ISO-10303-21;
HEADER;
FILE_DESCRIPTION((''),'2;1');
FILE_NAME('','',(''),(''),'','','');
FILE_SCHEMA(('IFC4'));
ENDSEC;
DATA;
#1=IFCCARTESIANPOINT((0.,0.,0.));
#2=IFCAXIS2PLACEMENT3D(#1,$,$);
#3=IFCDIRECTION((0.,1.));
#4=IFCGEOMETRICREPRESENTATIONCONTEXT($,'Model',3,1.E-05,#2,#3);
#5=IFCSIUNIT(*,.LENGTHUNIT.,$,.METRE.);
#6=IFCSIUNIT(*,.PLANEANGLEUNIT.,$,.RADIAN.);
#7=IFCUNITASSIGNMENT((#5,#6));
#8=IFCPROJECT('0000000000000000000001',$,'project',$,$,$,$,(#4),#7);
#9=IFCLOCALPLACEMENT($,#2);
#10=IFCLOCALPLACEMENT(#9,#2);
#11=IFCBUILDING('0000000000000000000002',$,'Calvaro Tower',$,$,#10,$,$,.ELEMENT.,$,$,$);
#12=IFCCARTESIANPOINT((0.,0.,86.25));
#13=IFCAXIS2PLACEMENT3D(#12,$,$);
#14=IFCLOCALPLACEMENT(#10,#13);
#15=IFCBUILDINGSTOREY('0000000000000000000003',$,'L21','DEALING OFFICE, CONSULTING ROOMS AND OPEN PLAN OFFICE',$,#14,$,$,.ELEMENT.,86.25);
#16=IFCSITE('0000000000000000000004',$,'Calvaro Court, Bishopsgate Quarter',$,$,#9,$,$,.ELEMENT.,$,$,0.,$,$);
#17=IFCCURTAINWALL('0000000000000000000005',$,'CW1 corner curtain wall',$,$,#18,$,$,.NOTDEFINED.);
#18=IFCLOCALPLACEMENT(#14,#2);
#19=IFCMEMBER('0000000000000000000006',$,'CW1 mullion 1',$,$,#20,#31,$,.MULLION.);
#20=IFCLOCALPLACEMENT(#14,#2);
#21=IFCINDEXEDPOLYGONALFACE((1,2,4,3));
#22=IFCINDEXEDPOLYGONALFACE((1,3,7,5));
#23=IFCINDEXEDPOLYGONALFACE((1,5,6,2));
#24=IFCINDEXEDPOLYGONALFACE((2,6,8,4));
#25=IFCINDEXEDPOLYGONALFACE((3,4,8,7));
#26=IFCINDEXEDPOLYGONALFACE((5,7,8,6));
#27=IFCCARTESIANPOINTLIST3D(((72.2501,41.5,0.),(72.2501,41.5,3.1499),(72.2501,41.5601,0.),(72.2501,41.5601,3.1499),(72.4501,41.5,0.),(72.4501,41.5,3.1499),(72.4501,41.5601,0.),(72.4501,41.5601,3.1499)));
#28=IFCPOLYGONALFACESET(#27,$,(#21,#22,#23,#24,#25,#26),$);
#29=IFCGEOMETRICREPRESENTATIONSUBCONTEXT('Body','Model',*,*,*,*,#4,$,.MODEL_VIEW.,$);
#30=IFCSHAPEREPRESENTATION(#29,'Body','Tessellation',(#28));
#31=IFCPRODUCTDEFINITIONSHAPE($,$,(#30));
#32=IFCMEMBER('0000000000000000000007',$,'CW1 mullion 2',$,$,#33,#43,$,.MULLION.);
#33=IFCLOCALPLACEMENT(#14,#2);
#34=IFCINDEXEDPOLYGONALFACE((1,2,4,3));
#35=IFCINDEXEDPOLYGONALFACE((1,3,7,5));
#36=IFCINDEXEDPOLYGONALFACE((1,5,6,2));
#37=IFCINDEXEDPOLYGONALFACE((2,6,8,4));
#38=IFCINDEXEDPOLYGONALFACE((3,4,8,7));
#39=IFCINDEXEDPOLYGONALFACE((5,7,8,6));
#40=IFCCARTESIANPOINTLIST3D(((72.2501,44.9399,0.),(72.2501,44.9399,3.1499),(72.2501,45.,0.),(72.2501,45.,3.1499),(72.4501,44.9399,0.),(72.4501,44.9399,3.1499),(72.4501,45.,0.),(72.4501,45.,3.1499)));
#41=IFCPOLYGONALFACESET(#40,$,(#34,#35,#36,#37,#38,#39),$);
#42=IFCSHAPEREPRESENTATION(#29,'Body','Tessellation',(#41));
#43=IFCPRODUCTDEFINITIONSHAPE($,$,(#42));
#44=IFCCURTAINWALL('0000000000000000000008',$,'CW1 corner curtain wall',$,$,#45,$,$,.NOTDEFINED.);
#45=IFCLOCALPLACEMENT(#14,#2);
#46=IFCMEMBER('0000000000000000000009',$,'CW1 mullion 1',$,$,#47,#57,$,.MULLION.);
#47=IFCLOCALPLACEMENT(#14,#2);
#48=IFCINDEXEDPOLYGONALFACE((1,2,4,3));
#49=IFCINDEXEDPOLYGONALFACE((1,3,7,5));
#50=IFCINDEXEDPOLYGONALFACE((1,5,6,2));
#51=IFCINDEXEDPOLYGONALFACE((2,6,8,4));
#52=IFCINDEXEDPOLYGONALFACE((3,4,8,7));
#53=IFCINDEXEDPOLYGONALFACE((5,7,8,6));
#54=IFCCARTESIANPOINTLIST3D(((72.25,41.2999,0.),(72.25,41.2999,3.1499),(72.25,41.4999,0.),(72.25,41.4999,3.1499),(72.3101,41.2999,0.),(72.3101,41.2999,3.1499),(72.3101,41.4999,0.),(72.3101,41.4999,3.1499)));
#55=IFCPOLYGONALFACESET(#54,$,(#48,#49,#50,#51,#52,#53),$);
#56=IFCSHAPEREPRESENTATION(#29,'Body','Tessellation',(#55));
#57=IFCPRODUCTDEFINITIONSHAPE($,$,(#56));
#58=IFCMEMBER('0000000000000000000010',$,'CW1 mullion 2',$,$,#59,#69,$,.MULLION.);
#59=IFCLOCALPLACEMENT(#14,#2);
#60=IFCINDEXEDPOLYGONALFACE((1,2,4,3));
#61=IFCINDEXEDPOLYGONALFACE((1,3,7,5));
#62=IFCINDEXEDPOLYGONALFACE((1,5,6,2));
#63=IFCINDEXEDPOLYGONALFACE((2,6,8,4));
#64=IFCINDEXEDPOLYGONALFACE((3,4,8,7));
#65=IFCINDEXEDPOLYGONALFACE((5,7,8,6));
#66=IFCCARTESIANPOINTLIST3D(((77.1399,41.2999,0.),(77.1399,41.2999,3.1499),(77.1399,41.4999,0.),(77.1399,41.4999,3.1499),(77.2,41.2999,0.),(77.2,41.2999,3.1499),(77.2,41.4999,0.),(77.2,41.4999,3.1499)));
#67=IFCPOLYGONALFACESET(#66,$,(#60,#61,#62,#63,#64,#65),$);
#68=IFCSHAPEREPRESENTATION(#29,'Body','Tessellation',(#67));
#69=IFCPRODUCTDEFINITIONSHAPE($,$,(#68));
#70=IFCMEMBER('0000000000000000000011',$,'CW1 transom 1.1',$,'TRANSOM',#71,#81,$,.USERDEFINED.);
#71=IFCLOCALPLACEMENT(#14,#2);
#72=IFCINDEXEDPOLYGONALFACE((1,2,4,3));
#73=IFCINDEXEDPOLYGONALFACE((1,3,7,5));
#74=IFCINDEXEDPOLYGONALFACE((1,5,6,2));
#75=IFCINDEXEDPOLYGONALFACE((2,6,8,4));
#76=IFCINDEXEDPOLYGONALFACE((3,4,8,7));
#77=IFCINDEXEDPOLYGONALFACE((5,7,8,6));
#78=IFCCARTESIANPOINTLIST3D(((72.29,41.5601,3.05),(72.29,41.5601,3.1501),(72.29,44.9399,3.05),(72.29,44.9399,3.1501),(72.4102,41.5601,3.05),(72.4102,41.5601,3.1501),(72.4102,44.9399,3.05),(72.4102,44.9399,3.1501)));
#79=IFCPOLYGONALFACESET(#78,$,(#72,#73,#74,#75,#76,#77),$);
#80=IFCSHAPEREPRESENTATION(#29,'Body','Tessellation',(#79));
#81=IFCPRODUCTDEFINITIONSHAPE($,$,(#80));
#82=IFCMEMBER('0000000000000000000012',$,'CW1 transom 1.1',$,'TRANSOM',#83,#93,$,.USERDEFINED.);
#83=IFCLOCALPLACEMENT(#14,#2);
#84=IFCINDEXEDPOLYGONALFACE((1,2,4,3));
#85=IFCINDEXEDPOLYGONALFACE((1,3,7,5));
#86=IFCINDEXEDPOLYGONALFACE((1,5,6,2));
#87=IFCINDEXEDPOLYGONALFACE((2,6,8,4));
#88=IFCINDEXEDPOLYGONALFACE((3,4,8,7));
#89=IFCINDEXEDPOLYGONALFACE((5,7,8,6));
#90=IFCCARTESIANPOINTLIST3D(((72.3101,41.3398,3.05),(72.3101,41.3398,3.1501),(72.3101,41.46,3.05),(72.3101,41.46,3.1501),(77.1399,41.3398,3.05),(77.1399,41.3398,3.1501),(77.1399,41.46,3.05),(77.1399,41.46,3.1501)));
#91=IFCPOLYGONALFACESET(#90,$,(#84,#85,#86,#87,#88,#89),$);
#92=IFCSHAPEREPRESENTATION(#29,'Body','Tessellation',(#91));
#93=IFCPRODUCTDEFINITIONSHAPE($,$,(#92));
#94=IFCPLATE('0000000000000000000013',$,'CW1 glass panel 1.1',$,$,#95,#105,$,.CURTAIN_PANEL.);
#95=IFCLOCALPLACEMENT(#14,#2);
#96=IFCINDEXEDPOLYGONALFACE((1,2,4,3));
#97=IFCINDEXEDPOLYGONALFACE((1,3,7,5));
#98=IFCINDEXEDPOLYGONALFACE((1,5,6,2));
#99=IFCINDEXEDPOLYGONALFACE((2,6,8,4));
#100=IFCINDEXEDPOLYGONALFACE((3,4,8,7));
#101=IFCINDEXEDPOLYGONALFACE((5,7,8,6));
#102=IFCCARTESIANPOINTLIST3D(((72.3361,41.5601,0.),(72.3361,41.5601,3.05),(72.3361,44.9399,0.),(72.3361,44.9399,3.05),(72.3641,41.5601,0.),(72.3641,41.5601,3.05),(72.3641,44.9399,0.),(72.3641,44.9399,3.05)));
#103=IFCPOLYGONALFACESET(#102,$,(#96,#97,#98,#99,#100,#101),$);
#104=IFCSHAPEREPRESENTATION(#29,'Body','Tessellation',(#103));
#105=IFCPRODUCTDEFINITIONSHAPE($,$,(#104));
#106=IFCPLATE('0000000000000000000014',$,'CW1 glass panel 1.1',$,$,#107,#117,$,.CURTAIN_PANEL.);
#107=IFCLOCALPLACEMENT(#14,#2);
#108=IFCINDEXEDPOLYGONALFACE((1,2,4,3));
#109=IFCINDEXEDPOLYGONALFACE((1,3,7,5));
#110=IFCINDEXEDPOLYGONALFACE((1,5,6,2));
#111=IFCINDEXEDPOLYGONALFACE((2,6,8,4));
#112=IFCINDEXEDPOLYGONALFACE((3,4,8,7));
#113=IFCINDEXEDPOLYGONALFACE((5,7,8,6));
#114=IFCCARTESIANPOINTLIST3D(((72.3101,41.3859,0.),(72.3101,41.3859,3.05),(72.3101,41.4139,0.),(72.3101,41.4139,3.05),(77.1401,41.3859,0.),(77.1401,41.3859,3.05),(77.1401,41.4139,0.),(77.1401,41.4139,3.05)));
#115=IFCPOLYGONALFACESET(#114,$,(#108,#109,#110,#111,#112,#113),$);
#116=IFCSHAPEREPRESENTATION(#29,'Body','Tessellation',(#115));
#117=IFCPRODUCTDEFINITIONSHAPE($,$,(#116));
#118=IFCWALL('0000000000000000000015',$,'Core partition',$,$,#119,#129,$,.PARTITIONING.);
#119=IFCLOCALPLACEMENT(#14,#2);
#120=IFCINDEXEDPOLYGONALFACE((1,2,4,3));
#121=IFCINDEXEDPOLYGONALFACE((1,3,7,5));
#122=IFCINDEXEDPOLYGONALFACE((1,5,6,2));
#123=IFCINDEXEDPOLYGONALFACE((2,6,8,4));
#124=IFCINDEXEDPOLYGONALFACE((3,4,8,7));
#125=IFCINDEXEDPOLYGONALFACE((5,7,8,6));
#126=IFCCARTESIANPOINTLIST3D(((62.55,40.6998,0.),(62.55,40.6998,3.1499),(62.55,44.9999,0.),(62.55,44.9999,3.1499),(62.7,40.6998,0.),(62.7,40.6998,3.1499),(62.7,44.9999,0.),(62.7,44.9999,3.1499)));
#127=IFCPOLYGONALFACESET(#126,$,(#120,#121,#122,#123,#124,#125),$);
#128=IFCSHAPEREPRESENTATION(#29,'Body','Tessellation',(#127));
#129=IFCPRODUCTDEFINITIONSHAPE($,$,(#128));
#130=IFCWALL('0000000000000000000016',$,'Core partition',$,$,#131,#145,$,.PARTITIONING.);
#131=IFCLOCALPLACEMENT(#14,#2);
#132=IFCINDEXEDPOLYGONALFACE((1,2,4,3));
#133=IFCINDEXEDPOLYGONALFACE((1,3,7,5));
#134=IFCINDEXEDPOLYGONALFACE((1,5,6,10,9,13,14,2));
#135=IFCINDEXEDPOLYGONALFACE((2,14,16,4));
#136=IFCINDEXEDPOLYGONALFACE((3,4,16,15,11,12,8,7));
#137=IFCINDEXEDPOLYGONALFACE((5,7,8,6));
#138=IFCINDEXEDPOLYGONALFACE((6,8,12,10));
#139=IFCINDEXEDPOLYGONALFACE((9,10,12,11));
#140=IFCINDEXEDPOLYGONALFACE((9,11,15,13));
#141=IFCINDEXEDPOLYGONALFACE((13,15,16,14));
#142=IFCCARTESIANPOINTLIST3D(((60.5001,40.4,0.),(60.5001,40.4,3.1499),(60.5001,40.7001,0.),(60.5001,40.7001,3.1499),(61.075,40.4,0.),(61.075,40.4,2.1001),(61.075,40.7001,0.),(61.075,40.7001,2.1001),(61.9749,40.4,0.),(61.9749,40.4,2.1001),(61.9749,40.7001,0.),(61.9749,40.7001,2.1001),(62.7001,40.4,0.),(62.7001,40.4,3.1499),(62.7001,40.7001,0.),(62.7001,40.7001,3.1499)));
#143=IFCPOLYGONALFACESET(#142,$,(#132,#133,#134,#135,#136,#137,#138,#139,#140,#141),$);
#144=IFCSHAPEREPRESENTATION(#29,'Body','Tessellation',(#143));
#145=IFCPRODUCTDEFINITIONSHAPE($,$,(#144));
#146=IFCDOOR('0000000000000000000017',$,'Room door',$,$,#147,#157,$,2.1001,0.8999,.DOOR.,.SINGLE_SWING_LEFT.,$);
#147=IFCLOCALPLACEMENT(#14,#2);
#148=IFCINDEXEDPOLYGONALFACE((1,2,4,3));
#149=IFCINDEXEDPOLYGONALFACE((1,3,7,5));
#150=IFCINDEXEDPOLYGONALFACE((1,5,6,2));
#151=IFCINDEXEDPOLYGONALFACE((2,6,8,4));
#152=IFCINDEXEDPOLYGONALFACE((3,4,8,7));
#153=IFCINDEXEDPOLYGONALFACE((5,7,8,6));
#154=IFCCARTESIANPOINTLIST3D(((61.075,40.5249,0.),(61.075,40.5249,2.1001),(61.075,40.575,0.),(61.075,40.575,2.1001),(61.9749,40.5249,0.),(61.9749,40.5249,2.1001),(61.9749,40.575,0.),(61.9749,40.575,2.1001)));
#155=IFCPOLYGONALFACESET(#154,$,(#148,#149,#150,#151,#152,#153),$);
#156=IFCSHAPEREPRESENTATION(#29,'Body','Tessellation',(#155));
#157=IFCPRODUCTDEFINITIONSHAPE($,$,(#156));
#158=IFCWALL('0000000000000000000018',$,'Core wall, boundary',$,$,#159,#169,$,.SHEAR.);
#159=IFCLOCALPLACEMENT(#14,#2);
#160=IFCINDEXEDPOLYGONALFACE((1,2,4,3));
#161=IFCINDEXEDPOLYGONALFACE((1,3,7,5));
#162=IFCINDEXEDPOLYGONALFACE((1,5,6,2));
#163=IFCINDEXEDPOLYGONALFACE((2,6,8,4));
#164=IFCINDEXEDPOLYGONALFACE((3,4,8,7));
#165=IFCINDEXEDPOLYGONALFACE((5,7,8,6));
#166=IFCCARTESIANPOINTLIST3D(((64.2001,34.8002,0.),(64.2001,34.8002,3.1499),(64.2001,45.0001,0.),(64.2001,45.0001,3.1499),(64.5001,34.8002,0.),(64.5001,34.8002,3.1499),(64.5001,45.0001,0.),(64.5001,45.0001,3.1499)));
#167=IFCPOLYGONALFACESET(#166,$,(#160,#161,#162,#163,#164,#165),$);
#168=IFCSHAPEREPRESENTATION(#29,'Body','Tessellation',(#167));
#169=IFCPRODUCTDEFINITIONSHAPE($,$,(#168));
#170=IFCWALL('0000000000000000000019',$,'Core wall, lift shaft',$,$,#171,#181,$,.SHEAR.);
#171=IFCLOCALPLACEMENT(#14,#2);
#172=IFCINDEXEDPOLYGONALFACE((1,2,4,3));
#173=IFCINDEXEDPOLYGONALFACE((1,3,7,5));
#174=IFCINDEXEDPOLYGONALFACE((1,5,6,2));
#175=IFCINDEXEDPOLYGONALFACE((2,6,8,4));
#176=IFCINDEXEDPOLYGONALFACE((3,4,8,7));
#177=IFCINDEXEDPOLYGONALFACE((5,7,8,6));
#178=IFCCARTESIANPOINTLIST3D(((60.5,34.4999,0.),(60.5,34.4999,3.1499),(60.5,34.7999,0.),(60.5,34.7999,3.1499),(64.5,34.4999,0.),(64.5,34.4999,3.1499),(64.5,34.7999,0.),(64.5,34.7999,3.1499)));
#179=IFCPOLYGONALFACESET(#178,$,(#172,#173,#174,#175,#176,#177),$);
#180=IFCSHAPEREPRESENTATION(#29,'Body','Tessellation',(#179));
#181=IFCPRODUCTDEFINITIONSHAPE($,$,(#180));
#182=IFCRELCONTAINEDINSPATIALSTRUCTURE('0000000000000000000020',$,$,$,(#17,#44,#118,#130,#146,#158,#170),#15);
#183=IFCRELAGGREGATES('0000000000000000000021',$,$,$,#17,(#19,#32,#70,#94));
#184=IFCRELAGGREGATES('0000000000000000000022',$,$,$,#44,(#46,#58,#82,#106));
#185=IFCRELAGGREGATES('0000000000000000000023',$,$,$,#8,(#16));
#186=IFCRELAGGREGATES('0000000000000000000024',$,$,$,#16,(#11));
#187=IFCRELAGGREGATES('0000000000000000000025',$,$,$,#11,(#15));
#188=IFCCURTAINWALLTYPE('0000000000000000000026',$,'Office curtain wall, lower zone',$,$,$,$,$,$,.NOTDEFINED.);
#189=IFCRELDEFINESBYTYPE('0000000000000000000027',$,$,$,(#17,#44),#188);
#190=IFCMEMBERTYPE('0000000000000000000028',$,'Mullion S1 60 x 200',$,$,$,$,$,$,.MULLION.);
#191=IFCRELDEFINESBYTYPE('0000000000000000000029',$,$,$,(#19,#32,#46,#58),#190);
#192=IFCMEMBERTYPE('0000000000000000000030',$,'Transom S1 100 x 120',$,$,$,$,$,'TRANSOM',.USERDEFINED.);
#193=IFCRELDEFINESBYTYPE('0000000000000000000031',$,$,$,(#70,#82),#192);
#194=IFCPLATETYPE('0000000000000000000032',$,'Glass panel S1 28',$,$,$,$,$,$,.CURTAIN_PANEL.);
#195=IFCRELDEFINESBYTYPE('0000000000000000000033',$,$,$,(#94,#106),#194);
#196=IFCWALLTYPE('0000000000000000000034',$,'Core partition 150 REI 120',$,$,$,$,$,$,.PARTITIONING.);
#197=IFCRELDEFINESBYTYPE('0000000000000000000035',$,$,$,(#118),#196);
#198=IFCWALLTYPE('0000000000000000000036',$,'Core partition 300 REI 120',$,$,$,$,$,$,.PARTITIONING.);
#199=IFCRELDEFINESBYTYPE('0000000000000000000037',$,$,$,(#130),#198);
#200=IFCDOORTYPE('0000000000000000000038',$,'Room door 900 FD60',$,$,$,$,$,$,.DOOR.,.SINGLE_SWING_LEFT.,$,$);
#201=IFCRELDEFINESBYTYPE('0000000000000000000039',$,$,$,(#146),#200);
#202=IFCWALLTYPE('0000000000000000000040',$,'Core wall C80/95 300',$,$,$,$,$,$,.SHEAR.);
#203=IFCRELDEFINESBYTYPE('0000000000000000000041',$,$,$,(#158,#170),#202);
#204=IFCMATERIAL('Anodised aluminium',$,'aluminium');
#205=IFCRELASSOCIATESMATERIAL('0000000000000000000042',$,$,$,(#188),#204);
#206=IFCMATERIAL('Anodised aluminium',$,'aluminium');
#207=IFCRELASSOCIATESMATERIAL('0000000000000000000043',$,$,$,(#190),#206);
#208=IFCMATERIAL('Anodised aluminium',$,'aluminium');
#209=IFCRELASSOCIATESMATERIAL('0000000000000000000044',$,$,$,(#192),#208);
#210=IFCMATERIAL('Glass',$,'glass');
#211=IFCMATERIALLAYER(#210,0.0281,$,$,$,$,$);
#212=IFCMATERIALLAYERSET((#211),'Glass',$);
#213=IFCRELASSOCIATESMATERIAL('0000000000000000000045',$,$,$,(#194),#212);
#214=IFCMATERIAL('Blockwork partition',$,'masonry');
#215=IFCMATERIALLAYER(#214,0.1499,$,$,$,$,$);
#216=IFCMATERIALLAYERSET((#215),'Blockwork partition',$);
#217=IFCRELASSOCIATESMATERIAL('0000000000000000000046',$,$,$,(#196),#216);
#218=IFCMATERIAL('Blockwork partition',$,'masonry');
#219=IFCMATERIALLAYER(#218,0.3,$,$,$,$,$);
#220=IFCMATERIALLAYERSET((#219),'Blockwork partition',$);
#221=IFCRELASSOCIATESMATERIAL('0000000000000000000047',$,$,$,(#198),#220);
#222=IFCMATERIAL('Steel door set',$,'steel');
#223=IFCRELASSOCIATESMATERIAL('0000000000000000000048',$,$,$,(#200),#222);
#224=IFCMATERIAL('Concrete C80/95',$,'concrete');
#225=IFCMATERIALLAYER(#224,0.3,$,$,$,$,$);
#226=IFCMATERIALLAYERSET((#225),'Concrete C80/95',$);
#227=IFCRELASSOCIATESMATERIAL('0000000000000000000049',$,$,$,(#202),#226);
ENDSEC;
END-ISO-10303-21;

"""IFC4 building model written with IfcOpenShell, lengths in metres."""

from ifc_helpers import new_model, si_unit, direction, frame, frame_2d, origin, origin_2d, place, context, subcontext, project, spatial, rectangle, extrude, material, layer, layer_set, material_profile, profile_set, type_object, element, fill, aggregate, save


model = new_model("IFC4")

# Units and contexts
model_context = context("Model", 3, precision=1e-05, world=origin(), true_north=direction((0.0, 1.0)))
body_context = subcontext(model_context, "Body", "Model", "MODEL_VIEW")
ifc_project = project(units=[si_unit("LENGTHUNIT", "METRE"), si_unit("PLANEANGLEUNIT", "RADIAN")], contexts=[model_context])

# Site, building, storey
site_placement = place(None, origin())
site = spatial("IfcSite", under=ifc_project, at=site_placement, Name="Calvaro Court, Bishopsgate Quarter", CompositionType="ELEMENT", RefElevation=0.0)
building_placement = place(site_placement, origin())
building = spatial("IfcBuilding", under=site, at=building_placement, Name="Calvaro Tower", CompositionType="ELEMENT")
storey_placement = place(building_placement, frame((0.0, 0.0, 86.25)))
storey = spatial("IfcBuildingStorey", under=building, at=storey_placement, Name="L21", Description="DEALING OFFICE, CONSULTING ROOMS AND OPEN PLAN OFFICE", CompositionType="ELEMENT", Elevation=86.25)

# Curtain walls, members
ifc_material_1 = material(Name="Anodised aluminium", Category="aluminium")
curtain_wall_type = type_object("IfcCurtainWallType", Name="Office curtain wall, lower zone", PredefinedType="NOTDEFINED", material=ifc_material_1)
curtain_wall_1_placement = place(storey_placement, origin())
curtain_wall_1 = element("IfcCurtainWall", 1, at=curtain_wall_1_placement, inside=storey, type_object=curtain_wall_type, Name="CW1 corner curtain wall", PredefinedType="NOTDEFINED")
ifc_material_2 = material(Name="Anodised aluminium", Category="aluminium")
ifc_material_profile_1 = material_profile(ifc_material_2, rectangle(XDim=0.2, YDim=0.0601, at=origin_2d()), Name="Mullion S1 60 x 200")
ifc_profile_set_1 = profile_set([ifc_material_profile_1], Name="Anodised aluminium")
member_type_1 = type_object("IfcMemberType", Name="Mullion S1 60 x 200", PredefinedType="MULLION", material=ifc_profile_set_1)
member_1_placement = place(storey_placement, frame((72.3501, 41.53, 0.0), z_axis=(0.0, 0.0, 1.0), x_axis=(-1.0, 0.0, 0.0)))
member_1 = element("IfcMember", 2, at=member_1_placement, type_object=member_type_1, Name="CW1 mullion 1", PredefinedType="MULLION", context=body_context, shape_type="SweptSolid", body=[
    extrude(rectangle(XDim=0.2, YDim=0.0601, at=origin_2d()), origin(), (0.0, 0.0, 1.0), 3.1499),
])
member_2_placement = place(storey_placement, frame((72.3501, 44.97, 0.0), z_axis=(0.0, 0.0, 1.0), x_axis=(-1.0, 0.0, 0.0)))
member_2 = element("IfcMember", 3, at=member_2_placement, type_object=member_type_1, Name="CW1 mullion 2", PredefinedType="MULLION", context=body_context, shape_type="SweptSolid", body=[
    extrude(rectangle(XDim=0.2, YDim=0.0601, at=origin_2d()), origin(), (0.0, 0.0, 1.0), 3.1499),
])
curtain_wall_2_placement = place(storey_placement, origin())
curtain_wall_2 = element("IfcCurtainWall", 4, at=curtain_wall_2_placement, inside=storey, type_object=curtain_wall_type, Name="CW1 corner curtain wall", PredefinedType="NOTDEFINED")
member_3_placement = place(storey_placement, frame((72.28, 41.3999, 0.0), z_axis=(0.0, 0.0, 1.0), x_axis=(0.0, 1.0, 0.0)))
member_3 = element("IfcMember", 5, at=member_3_placement, type_object=member_type_1, Name="CW1 mullion 1", PredefinedType="MULLION", context=body_context, shape_type="SweptSolid", body=[
    extrude(rectangle(XDim=0.2, YDim=0.0601, at=origin_2d()), origin(), (0.0, 0.0, 1.0), 3.1499),
])
member_4_placement = place(storey_placement, frame((77.1699, 41.3999, 0.0), z_axis=(0.0, 0.0, 1.0), x_axis=(0.0, 1.0, 0.0)))
member_4 = element("IfcMember", 6, at=member_4_placement, type_object=member_type_1, Name="CW1 mullion 2", PredefinedType="MULLION", context=body_context, shape_type="SweptSolid", body=[
    extrude(rectangle(XDim=0.2, YDim=0.0601, at=origin_2d()), origin(), (0.0, 0.0, 1.0), 3.1499),
])

# Members
ifc_material_3 = material(Name="Anodised aluminium", Category="aluminium")
ifc_material_profile_2 = material_profile(ifc_material_3, rectangle(XDim=0.1201, YDim=0.1001, at=origin_2d()), Name="Transom S1 100 x 120")
ifc_profile_set_2 = profile_set([ifc_material_profile_2], Name="Anodised aluminium")
member_type_2 = type_object("IfcMemberType", Name="Transom S1 100 x 120", ElementType="TRANSOM", PredefinedType="USERDEFINED", material=ifc_profile_set_2)
member_5_placement = place(storey_placement, frame((72.3501, 41.5601, 3.1001), z_axis=(0.0, 1.0, 0.0), x_axis=(-1.0, 0.0, 0.0)))
member_5 = element("IfcMember", 7, at=member_5_placement, type_object=member_type_2, Name="CW1 transom 1.1", ObjectType="TRANSOM", PredefinedType="USERDEFINED", context=body_context, shape_type="SweptSolid", body=[
    extrude(rectangle(XDim=0.1201, YDim=0.1001, at=origin_2d()), origin(), (0.0, 0.0, 1.0), 3.3799),
])
member_6_placement = place(storey_placement, frame((72.3101, 41.3999, 3.1001), z_axis=(1.0, 0.0, 0.0), x_axis=(0.0, 1.0, 0.0)))
member_6 = element("IfcMember", 8, at=member_6_placement, type_object=member_type_2, Name="CW1 transom 1.1", ObjectType="TRANSOM", PredefinedType="USERDEFINED", context=body_context, shape_type="SweptSolid", body=[
    extrude(rectangle(XDim=0.1201, YDim=0.1001, at=origin_2d()), origin(), (0.0, 0.0, 1.0), 4.8298),
])

# Plates
ifc_material_4 = material(Name="Glass", Category="glass")
ifc_layer_1 = layer(ifc_material_4, 0.0281)
ifc_layer_set_1 = layer_set([ifc_layer_1], Name="Glass")
plate_type = type_object("IfcPlateType", Name="Glass panel S1 28", PredefinedType="CURTAIN_PANEL", material=ifc_layer_set_1)
plate_1_placement = place(storey_placement, frame((72.3501, 43.25, 0.0), z_axis=(0.0, 0.0, 1.0), x_axis=(0.0, 1.0, 0.0)))
plate_1 = element("IfcPlate", 9, at=plate_1_placement, type_object=plate_type, Name="CW1 glass panel 1.1", PredefinedType="CURTAIN_PANEL", context=body_context, shape_type="SweptSolid", body=[
    extrude(rectangle(XDim=3.3799, YDim=0.0281, at=origin_2d()), origin(), (0.0, 0.0, 1.0), 3.05),
])
aggregate(curtain_wall_1, [member_1, member_2, member_5, plate_1])
plate_2_placement = place(storey_placement, frame((74.7251, 41.3999, 0.0), z_axis=(0.0, 0.0, 1.0), x_axis=(1.0, 0.0, 0.0)))
plate_2 = element("IfcPlate", 10, at=plate_2_placement, type_object=plate_type, Name="CW1 glass panel 1.1", PredefinedType="CURTAIN_PANEL", context=body_context, shape_type="SweptSolid", body=[
    extrude(rectangle(XDim=4.8301, YDim=0.0281, at=origin_2d()), origin(), (0.0, 0.0, 1.0), 3.05),
])
aggregate(curtain_wall_2, [member_3, member_4, member_6, plate_2])

# Wall
ifc_material_5 = material(Name="Blockwork partition", Category="masonry")
ifc_layer_2 = layer(ifc_material_5, 0.1499)
ifc_layer_set_2 = layer_set([ifc_layer_2], Name="Blockwork partition")
wall_type_1 = type_object("IfcWallType", Name="Core partition 150 REI 120", PredefinedType="PARTITIONING", material=ifc_layer_set_2)
wall_1_placement = place(storey_placement, frame((62.625, 40.7, 0.0), z_axis=(0.0, 0.0, 1.0), x_axis=(0.0, 1.0, 0.0)))
element("IfcWall", 11, at=wall_1_placement, inside=storey, type_object=wall_type_1, Name="Core partition", PredefinedType="PARTITIONING", context=body_context, shape_type="SweptSolid", body=[
    extrude(rectangle(XDim=4.3, YDim=0.1499, at=frame_2d((2.1499, 0.0))), origin(), (0.0, 0.0, 1.0), 3.1499),
])

# Wall, opening, door
ifc_material_6 = material(Name="Blockwork partition", Category="masonry")
ifc_layer_3 = layer(ifc_material_6, 0.3)
ifc_layer_set_3 = layer_set([ifc_layer_3], Name="Blockwork partition")
wall_type_2 = type_object("IfcWallType", Name="Core partition 300 REI 120", PredefinedType="PARTITIONING", material=ifc_layer_set_3)
wall_2_placement = place(storey_placement, frame((60.5, 40.55, 0.0), z_axis=(0.0, 0.0, 1.0), x_axis=(1.0, 0.0, 0.0)))
wall_2 = element("IfcWall", 12, at=wall_2_placement, inside=storey, type_object=wall_type_2, Name="Core partition", PredefinedType="PARTITIONING", context=body_context, shape_type="SweptSolid", body=[
    extrude(rectangle(XDim=2.2, YDim=0.3, at=frame_2d((1.1001, 0.0))), origin(), (0.0, 0.0, 1.0), 3.1499),
])
opening_1_placement = place(wall_2_placement, frame((0.575, 0.0, 0.0)))
opening_1 = element("IfcOpeningElement", 13, at=opening_1_placement, cuts=wall_2, PredefinedType="OPENING", context=body_context, shape_type="SweptSolid", body=[
    extrude(rectangle(XDim=0.8999, YDim=2.1001, at=frame_2d((0.45, 1.05))), frame((0.0, 0.1599, 0.0), z_axis=(0.0, -1.0, 0.0), x_axis=(1.0, 0.0, 0.0)), (0.0, 0.0, 1.0), 0.3201),
])
ifc_material_7 = material(Name="Steel door set", Category="steel")
door_type_1 = type_object("IfcDoorType", Name="Room door 900 FD60", OperationType="SINGLE_SWING_LEFT", PredefinedType="DOOR", material=ifc_material_7)
door_1_placement = place(opening_1_placement, origin())
door_1 = element("IfcDoor", 14, at=door_1_placement, inside=storey, type_object=door_type_1, Name="Room door", OperationType="SINGLE_SWING_LEFT", OverallHeight=2.1001, OverallWidth=0.8999, PredefinedType="DOOR", context=body_context, shape_type="SweptSolid", body=[
    extrude(rectangle(XDim=0.8999, YDim=2.1001, at=frame_2d((0.45, 1.05))), frame((0.0, 0.0249, 0.0), z_axis=(0.0, -1.0, 0.0), x_axis=(1.0, 0.0, 0.0)), (0.0, 0.0, 1.0), 0.05),
])
fill(opening_1, door_1)

# Walls
ifc_material_8 = material(Name="Concrete C80/95", Category="concrete")
ifc_layer_4 = layer(ifc_material_8, 0.3)
ifc_layer_set_4 = layer_set([ifc_layer_4], Name="Concrete C80/95")
wall_type_3 = type_object("IfcWallType", Name="Core wall C80/95 300", PredefinedType="SHEAR", material=ifc_layer_set_4)
wall_3_placement = place(storey_placement, frame((64.3501, 34.8, 0.0), z_axis=(0.0, 0.0, 1.0), x_axis=(0.0, 1.0, 0.0)))
element("IfcWall", 15, at=wall_3_placement, inside=storey, type_object=wall_type_3, Name="Core wall, boundary", PredefinedType="SHEAR", context=body_context, shape_type="SweptSolid", body=[
    extrude(rectangle(XDim=10.2, YDim=0.3, at=frame_2d((5.1001, 0.0))), origin(), (0.0, 0.0, 1.0), 3.1499),
])
wall_4_placement = place(storey_placement, frame((60.5, 34.6499, 0.0), z_axis=(0.0, 0.0, 1.0), x_axis=(1.0, 0.0, 0.0)))
element("IfcWall", 16, at=wall_4_placement, inside=storey, type_object=wall_type_3, Name="Core wall, lift shaft", PredefinedType="SHEAR", context=body_context, shape_type="SweptSolid", body=[
    extrude(rectangle(XDim=4.0, YDim=0.3, at=frame_2d((2.0, 0.0))), origin(), (0.0, 0.0, 1.0), 3.1499),
])

save(model, "model.ifc")
